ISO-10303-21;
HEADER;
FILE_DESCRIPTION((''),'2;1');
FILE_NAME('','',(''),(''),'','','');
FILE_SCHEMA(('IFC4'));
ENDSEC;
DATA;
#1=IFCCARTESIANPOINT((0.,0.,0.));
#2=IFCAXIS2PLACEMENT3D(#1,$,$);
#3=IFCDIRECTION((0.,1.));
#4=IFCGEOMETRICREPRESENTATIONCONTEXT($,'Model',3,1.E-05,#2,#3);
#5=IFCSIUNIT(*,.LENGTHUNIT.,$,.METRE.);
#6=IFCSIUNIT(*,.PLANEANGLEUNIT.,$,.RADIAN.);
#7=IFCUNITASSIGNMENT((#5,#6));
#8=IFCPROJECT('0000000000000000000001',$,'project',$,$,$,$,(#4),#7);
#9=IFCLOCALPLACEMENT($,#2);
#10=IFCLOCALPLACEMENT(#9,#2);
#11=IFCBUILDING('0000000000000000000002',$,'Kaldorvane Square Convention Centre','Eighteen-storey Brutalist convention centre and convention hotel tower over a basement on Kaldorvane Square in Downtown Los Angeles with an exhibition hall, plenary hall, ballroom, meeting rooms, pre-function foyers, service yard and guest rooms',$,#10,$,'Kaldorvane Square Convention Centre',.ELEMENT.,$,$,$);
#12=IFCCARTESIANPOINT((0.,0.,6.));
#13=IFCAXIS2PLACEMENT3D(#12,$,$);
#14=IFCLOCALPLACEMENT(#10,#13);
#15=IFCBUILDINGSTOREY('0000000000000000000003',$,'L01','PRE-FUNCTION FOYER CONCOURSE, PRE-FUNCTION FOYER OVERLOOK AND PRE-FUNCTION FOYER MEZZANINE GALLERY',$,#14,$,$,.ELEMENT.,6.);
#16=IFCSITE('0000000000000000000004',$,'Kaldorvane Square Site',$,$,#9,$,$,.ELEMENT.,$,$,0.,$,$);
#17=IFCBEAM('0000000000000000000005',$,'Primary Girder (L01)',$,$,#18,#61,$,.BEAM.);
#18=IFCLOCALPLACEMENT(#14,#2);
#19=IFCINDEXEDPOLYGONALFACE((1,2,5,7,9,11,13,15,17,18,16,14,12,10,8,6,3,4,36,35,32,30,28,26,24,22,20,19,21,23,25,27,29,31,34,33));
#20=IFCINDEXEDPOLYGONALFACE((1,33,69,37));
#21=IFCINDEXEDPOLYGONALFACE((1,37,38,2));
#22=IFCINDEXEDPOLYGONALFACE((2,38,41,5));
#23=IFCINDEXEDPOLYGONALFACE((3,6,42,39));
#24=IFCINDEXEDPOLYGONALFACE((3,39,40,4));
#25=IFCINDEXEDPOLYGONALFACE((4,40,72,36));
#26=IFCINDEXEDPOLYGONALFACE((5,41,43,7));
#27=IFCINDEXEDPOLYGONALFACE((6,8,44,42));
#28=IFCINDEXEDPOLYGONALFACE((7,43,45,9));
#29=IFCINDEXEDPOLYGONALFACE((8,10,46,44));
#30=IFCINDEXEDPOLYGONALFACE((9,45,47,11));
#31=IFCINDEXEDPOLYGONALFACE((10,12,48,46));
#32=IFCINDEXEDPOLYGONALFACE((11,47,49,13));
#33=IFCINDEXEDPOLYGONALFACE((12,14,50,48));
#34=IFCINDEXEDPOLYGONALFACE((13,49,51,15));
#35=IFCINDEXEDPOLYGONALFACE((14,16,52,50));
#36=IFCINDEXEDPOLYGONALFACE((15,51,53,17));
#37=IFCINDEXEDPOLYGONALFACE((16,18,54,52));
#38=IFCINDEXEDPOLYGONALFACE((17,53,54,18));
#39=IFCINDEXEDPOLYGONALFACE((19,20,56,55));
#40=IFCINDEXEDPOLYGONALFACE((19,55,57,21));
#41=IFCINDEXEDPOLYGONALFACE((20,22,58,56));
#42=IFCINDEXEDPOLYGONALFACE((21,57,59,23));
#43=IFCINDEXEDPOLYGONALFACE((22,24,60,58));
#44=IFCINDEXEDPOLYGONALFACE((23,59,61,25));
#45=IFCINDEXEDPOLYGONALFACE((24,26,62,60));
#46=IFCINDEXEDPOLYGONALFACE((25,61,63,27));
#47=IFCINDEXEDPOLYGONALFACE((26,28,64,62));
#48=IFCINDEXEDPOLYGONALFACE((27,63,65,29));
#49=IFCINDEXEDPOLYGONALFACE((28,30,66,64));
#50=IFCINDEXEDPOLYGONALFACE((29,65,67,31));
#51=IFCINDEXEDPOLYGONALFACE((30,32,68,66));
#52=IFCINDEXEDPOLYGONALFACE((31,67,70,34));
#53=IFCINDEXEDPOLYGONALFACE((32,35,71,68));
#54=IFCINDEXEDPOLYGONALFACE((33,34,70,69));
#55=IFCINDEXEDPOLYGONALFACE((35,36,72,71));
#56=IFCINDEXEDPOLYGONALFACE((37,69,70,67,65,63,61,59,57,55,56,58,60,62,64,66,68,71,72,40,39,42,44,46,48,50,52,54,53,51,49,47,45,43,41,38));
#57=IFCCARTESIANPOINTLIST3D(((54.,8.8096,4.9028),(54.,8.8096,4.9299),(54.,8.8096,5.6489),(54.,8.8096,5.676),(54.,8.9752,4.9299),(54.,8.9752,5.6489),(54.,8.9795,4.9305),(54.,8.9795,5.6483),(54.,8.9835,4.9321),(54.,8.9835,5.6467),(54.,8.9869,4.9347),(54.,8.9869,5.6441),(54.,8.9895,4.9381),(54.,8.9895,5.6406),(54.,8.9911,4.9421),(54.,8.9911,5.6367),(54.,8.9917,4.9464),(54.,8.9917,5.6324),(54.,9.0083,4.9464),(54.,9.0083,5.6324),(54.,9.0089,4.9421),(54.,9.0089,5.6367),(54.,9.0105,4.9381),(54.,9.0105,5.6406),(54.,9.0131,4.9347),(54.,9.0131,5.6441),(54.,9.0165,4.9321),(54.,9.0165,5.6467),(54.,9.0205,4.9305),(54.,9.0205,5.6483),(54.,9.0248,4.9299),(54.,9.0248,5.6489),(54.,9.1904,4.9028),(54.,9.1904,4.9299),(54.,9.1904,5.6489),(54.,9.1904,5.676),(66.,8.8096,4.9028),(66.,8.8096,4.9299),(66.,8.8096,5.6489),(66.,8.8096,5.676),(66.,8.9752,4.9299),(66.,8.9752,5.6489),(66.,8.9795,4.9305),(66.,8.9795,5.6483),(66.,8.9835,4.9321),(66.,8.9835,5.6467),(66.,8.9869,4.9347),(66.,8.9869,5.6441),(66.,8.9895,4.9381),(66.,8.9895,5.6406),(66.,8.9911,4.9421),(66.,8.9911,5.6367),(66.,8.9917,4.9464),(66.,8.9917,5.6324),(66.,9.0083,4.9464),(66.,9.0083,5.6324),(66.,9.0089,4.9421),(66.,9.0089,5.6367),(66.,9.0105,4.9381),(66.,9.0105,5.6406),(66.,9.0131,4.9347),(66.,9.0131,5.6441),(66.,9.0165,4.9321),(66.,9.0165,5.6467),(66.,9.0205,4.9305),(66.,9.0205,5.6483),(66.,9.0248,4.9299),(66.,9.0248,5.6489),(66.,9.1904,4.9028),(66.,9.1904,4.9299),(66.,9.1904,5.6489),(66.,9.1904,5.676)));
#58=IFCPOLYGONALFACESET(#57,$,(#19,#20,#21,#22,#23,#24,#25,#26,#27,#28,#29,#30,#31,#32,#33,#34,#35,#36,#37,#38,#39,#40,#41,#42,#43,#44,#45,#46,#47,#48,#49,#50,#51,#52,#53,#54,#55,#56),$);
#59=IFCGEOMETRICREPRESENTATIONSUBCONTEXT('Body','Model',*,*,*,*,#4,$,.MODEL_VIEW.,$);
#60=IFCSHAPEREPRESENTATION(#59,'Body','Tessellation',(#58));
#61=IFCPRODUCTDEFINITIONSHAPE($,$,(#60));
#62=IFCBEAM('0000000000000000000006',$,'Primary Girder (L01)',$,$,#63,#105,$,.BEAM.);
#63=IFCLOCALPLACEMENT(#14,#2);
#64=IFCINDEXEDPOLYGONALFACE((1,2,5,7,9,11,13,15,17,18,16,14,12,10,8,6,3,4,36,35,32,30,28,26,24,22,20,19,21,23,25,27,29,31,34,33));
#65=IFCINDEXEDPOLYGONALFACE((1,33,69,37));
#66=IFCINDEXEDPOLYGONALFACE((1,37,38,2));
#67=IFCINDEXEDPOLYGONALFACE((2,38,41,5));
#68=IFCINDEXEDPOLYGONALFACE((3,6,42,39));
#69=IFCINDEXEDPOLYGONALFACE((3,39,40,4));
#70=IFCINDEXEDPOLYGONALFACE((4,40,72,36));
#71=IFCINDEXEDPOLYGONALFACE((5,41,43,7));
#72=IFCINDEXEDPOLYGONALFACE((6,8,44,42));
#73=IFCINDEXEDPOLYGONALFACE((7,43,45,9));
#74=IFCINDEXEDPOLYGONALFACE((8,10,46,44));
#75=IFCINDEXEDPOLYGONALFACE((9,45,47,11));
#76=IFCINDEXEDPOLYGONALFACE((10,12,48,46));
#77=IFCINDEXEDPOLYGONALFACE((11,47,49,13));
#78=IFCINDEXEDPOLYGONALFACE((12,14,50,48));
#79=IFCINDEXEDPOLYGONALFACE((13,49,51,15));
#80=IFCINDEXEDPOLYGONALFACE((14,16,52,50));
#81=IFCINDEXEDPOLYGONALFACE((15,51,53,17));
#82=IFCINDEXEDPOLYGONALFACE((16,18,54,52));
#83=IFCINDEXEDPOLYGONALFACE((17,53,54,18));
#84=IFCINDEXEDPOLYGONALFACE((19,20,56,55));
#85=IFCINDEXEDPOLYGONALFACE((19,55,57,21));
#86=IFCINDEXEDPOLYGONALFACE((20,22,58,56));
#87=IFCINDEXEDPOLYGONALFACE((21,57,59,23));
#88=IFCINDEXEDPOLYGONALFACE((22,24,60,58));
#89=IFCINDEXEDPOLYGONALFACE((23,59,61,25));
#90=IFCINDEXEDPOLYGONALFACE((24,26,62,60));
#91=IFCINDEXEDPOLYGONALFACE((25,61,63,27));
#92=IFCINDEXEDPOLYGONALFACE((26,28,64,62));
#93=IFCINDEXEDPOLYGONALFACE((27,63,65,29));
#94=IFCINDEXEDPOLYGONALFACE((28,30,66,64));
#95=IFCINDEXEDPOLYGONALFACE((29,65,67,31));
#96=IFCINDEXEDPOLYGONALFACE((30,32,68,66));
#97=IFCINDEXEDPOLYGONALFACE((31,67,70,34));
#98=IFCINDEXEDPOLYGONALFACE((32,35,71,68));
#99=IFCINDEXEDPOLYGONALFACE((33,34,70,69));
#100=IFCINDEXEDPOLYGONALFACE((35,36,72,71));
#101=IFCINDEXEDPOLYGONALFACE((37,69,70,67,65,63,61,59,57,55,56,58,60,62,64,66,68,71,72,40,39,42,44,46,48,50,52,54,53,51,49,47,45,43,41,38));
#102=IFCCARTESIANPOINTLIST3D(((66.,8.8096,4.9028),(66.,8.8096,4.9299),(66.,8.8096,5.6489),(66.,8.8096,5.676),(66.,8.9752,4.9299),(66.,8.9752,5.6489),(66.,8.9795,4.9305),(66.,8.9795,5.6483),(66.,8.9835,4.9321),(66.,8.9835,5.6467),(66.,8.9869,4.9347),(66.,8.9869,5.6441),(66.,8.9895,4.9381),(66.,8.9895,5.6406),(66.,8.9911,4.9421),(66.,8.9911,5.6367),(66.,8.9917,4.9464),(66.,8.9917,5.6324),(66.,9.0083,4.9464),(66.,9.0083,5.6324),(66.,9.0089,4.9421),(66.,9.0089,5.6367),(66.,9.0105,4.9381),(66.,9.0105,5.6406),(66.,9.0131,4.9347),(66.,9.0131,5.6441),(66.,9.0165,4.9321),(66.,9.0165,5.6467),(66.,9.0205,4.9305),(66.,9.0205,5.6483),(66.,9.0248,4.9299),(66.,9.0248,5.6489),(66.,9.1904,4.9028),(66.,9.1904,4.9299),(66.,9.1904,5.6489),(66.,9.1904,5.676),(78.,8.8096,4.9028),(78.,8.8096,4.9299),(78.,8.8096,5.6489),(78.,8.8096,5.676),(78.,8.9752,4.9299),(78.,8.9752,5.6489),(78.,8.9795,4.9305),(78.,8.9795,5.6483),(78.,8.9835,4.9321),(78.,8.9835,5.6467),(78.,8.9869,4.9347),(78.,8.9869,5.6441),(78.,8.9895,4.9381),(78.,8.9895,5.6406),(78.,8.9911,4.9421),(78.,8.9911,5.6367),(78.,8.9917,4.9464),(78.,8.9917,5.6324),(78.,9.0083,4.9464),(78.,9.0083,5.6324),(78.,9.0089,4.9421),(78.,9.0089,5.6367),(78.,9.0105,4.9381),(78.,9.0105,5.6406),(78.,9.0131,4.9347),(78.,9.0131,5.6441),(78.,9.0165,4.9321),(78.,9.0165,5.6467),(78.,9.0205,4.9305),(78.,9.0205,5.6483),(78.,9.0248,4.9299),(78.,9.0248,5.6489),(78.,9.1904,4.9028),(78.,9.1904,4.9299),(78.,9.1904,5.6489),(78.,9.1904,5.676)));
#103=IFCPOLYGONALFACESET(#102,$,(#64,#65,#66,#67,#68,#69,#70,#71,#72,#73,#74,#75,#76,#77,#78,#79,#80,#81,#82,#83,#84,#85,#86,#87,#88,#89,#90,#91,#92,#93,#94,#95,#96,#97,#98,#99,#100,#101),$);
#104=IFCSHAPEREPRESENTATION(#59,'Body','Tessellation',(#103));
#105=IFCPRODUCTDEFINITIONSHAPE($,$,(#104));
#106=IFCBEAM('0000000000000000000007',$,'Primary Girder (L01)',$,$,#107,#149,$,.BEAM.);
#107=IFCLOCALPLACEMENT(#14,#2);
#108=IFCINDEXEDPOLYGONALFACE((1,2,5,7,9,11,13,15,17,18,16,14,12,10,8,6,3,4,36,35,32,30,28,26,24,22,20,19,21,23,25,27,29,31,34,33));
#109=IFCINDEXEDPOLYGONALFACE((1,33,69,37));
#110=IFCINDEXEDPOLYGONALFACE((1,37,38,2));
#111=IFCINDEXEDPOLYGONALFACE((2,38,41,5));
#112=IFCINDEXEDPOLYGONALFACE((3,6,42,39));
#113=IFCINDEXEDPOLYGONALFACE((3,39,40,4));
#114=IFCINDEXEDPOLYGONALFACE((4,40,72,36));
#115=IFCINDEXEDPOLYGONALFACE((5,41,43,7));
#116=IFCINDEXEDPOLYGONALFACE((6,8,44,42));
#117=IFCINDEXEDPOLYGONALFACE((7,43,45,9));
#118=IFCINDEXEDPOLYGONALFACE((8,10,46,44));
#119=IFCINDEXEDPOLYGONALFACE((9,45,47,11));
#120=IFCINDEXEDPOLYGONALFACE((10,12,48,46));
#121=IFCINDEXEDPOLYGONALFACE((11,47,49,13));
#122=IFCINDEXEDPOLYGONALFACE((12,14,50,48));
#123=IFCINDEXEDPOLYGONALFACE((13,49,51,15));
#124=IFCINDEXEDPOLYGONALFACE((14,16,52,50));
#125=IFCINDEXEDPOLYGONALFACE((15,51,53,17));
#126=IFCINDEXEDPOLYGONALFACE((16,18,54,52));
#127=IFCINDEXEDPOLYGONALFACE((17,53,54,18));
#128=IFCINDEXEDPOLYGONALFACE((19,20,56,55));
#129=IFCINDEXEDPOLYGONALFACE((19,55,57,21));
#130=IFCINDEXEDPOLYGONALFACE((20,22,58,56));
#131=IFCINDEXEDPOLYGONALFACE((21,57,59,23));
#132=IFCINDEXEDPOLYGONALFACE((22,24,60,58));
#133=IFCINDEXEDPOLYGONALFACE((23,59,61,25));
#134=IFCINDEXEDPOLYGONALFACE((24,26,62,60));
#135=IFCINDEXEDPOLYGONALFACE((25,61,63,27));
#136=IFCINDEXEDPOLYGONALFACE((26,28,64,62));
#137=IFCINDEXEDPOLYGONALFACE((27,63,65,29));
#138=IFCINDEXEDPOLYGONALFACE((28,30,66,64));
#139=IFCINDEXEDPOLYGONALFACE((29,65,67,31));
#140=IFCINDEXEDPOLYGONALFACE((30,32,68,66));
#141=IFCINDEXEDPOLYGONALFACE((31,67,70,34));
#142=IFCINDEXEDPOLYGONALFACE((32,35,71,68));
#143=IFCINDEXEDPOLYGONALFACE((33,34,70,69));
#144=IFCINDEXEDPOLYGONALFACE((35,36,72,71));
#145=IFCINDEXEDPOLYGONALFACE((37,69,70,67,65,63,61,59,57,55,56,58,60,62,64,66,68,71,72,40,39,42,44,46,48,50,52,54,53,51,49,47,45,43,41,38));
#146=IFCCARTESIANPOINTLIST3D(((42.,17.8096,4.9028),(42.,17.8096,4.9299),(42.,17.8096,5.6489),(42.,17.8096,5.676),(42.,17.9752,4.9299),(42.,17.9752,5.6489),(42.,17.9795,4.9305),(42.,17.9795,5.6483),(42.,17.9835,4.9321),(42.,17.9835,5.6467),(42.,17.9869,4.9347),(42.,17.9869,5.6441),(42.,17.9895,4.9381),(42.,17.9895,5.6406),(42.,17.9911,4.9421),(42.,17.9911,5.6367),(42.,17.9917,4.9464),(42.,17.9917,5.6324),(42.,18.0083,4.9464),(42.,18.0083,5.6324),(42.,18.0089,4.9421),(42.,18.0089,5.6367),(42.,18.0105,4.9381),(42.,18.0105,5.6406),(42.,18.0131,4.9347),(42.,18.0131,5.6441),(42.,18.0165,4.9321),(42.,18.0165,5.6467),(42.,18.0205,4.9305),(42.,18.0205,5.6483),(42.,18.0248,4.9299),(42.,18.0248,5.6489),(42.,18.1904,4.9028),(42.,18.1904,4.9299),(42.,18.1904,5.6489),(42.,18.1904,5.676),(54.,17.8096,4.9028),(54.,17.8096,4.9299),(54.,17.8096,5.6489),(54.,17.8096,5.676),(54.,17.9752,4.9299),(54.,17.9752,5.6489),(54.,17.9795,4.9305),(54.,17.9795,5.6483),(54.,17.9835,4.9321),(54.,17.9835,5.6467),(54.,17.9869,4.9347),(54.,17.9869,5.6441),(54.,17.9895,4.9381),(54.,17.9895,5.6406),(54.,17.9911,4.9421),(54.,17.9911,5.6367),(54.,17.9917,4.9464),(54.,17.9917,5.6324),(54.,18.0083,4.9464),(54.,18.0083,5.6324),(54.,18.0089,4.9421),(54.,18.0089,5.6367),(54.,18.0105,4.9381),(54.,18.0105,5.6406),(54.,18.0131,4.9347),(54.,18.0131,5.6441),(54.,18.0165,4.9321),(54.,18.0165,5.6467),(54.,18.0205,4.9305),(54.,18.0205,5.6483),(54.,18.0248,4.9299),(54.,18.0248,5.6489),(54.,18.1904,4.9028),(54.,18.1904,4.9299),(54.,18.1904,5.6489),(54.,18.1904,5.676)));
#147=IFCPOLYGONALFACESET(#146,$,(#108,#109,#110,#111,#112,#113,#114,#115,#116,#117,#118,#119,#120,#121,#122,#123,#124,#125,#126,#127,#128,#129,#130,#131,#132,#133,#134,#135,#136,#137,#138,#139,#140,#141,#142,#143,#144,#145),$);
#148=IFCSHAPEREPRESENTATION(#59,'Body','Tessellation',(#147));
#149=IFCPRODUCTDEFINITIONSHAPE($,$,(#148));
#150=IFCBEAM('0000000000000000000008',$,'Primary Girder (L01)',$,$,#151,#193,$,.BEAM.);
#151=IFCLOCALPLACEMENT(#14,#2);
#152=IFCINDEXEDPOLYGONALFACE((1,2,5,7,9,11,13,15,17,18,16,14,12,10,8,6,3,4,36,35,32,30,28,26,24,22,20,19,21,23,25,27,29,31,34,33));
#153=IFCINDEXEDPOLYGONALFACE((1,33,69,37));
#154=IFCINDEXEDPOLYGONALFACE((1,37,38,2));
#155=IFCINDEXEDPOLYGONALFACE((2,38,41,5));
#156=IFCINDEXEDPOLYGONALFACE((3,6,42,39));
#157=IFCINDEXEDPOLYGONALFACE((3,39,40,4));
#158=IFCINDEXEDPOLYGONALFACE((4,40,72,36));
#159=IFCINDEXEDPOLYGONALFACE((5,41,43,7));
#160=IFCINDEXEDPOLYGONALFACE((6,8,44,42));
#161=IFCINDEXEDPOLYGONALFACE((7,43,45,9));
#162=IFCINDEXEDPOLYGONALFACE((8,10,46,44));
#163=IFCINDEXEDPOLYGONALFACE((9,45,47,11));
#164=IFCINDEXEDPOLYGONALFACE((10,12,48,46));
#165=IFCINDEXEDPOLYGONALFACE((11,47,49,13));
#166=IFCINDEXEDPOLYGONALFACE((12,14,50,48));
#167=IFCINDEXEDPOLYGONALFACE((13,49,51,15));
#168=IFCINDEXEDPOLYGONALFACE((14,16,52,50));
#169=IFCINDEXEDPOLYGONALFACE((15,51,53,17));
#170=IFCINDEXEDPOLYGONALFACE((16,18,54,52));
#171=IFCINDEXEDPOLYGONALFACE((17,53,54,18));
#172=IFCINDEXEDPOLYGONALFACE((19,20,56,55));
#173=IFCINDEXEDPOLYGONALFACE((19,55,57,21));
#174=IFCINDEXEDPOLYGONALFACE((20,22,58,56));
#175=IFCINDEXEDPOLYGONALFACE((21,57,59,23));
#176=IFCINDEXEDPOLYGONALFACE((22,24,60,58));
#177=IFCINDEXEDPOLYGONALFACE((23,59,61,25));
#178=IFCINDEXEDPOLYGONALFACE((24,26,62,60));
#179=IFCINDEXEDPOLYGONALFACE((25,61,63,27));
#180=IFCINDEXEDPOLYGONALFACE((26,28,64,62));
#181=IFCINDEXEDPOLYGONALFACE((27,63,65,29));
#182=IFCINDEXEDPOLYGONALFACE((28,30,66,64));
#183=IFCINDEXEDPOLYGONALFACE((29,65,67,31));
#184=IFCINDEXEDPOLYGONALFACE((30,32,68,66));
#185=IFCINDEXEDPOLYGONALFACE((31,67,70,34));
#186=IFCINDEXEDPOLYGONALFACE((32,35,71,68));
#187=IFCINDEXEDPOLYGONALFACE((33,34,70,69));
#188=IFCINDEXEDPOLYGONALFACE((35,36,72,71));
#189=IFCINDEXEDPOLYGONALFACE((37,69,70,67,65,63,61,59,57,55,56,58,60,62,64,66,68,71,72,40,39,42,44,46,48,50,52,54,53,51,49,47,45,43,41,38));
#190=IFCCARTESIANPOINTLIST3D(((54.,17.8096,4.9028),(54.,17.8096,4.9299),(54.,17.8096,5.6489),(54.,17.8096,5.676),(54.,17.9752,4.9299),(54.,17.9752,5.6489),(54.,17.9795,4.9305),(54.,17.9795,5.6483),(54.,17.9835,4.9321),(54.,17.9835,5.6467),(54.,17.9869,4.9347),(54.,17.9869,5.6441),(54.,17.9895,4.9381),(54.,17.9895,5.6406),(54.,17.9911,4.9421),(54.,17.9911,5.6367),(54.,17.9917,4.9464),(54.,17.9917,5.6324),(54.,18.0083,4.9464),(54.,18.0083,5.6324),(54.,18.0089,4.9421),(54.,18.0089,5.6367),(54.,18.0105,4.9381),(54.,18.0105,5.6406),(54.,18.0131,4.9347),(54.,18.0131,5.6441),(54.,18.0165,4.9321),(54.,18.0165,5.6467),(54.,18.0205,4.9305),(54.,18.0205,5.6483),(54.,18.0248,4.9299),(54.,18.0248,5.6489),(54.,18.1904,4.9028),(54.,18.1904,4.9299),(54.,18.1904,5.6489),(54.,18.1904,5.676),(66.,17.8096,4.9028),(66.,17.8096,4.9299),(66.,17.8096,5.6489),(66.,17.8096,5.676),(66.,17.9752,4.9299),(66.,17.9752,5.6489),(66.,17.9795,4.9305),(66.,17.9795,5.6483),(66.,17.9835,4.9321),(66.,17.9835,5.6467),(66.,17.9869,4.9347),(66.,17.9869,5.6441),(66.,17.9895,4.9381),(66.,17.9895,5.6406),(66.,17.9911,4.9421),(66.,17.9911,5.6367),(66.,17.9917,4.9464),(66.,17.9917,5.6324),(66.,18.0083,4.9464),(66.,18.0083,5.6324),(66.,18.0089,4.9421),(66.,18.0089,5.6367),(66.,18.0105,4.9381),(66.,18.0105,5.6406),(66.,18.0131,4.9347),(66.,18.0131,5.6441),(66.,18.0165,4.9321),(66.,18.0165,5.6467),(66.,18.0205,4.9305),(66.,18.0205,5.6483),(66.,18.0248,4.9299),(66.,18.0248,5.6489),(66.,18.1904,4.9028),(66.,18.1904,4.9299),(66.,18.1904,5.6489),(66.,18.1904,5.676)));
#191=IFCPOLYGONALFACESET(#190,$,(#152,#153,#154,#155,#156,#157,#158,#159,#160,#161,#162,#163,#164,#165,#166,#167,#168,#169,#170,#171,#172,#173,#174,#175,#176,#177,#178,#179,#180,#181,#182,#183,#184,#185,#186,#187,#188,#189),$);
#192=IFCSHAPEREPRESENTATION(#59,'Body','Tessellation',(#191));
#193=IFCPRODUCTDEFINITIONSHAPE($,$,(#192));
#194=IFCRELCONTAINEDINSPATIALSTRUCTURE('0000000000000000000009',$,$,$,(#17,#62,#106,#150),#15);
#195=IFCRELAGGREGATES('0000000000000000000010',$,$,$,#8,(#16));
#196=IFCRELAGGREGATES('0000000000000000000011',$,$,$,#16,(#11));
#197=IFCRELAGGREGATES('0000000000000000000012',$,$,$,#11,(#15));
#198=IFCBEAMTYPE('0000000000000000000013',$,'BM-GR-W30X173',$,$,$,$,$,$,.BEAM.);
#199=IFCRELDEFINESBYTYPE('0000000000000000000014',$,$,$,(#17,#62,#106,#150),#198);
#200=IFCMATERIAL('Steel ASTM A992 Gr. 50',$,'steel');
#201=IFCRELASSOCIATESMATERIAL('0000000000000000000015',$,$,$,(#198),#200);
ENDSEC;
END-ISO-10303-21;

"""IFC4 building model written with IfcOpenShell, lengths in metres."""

from ifc_helpers import new_model, si_unit, direction, frame, origin, origin_2d, place, context, subcontext, project, spatial, i_section, extrude, material, material_profile, profile_set, type_object, element, save


model = new_model("IFC4")

# Units and contexts
model_context = context("Model", 3, precision=1e-05, world=origin(), true_north=direction((0.0, 1.0)))
body_context = subcontext(model_context, "Body", "Model", "MODEL_VIEW")
ifc_project = project(units=[si_unit("LENGTHUNIT", "METRE"), si_unit("PLANEANGLEUNIT", "RADIAN")], contexts=[model_context])

# Site, building, storey
site_placement = place(None, origin())
site = spatial("IfcSite", under=ifc_project, at=site_placement, Name="Kaldorvane Square Site", CompositionType="ELEMENT", RefElevation=0.0)
building_placement = place(site_placement, origin())
building = spatial("IfcBuilding", under=site, at=building_placement, Name="Kaldorvane Square Convention Centre", Description="Eighteen-storey Brutalist convention centre and convention hotel tower over a basement on Kaldorvane Square in Downtown Los Angeles with an exhibition hall, plenary hall, ballroom, meeting rooms, pre-function foyers, service yard and guest rooms", LongName="Kaldorvane Square Convention Centre", CompositionType="ELEMENT")
storey_placement = place(building_placement, frame((0.0, 0.0, 6.0)))
storey = spatial("IfcBuildingStorey", under=building, at=storey_placement, Name="L01", Description="PRE-FUNCTION FOYER CONCOURSE, PRE-FUNCTION FOYER OVERLOOK AND PRE-FUNCTION FOYER MEZZANINE GALLERY", CompositionType="ELEMENT", Elevation=6.0)

# Shared definitions
ifc_material_1 = material(Name="Steel ASTM A992 Gr. 50", Category="steel")

# Beams
ifc_material_profile_1 = material_profile(ifc_material_1, i_section(OverallWidth=0.3807, OverallDepth=0.7732, WebThickness=0.0166, FlangeThickness=0.0271, FilletRadius=0.0165, at=origin_2d()), Name="W30X173")
ifc_profile_set_1 = profile_set([ifc_material_profile_1], Name="Steel ASTM A992 Gr. 50")
beam_type_1 = type_object("IfcBeamType", Name="BM-GR-W30X173", PredefinedType="BEAM", material=ifc_profile_set_1)
for number, where, z_axis, x_axis, name in (
    (1, (54.0, 9.0, 5.2894), (1.0, 0.0, 0.0), (0.0, 1.0, 0.0), "Primary Girder (L01)"),
    (2, (66.0, 9.0, 5.2894), (1.0, 0.0, 0.0), (0.0, 1.0, 0.0), "Primary Girder (L01)"),
    (3, (42.0, 18.0, 5.2894), (1.0, 0.0, 0.0), (0.0, 1.0, 0.0), "Primary Girder (L01)"),
    (4, (54.0, 18.0, 5.2894), (1.0, 0.0, 0.0), (0.0, 1.0, 0.0), "Primary Girder (L01)"),
):
    element("IfcBeam", number, at=place(storey_placement, frame(where, z_axis=z_axis, x_axis=x_axis)), inside=storey, type_object=beam_type_1, Name=name, PredefinedType="BEAM", context=body_context, shape_type="SweptSolid", body=[
        extrude(i_section(OverallWidth=0.3807, OverallDepth=0.7732, WebThickness=0.0166, FlangeThickness=0.0271, FilletRadius=0.0165, at=origin_2d()), origin(), (0.0, 0.0, 1.0), 12.0),
    ])

save(model, "model.ifc")
